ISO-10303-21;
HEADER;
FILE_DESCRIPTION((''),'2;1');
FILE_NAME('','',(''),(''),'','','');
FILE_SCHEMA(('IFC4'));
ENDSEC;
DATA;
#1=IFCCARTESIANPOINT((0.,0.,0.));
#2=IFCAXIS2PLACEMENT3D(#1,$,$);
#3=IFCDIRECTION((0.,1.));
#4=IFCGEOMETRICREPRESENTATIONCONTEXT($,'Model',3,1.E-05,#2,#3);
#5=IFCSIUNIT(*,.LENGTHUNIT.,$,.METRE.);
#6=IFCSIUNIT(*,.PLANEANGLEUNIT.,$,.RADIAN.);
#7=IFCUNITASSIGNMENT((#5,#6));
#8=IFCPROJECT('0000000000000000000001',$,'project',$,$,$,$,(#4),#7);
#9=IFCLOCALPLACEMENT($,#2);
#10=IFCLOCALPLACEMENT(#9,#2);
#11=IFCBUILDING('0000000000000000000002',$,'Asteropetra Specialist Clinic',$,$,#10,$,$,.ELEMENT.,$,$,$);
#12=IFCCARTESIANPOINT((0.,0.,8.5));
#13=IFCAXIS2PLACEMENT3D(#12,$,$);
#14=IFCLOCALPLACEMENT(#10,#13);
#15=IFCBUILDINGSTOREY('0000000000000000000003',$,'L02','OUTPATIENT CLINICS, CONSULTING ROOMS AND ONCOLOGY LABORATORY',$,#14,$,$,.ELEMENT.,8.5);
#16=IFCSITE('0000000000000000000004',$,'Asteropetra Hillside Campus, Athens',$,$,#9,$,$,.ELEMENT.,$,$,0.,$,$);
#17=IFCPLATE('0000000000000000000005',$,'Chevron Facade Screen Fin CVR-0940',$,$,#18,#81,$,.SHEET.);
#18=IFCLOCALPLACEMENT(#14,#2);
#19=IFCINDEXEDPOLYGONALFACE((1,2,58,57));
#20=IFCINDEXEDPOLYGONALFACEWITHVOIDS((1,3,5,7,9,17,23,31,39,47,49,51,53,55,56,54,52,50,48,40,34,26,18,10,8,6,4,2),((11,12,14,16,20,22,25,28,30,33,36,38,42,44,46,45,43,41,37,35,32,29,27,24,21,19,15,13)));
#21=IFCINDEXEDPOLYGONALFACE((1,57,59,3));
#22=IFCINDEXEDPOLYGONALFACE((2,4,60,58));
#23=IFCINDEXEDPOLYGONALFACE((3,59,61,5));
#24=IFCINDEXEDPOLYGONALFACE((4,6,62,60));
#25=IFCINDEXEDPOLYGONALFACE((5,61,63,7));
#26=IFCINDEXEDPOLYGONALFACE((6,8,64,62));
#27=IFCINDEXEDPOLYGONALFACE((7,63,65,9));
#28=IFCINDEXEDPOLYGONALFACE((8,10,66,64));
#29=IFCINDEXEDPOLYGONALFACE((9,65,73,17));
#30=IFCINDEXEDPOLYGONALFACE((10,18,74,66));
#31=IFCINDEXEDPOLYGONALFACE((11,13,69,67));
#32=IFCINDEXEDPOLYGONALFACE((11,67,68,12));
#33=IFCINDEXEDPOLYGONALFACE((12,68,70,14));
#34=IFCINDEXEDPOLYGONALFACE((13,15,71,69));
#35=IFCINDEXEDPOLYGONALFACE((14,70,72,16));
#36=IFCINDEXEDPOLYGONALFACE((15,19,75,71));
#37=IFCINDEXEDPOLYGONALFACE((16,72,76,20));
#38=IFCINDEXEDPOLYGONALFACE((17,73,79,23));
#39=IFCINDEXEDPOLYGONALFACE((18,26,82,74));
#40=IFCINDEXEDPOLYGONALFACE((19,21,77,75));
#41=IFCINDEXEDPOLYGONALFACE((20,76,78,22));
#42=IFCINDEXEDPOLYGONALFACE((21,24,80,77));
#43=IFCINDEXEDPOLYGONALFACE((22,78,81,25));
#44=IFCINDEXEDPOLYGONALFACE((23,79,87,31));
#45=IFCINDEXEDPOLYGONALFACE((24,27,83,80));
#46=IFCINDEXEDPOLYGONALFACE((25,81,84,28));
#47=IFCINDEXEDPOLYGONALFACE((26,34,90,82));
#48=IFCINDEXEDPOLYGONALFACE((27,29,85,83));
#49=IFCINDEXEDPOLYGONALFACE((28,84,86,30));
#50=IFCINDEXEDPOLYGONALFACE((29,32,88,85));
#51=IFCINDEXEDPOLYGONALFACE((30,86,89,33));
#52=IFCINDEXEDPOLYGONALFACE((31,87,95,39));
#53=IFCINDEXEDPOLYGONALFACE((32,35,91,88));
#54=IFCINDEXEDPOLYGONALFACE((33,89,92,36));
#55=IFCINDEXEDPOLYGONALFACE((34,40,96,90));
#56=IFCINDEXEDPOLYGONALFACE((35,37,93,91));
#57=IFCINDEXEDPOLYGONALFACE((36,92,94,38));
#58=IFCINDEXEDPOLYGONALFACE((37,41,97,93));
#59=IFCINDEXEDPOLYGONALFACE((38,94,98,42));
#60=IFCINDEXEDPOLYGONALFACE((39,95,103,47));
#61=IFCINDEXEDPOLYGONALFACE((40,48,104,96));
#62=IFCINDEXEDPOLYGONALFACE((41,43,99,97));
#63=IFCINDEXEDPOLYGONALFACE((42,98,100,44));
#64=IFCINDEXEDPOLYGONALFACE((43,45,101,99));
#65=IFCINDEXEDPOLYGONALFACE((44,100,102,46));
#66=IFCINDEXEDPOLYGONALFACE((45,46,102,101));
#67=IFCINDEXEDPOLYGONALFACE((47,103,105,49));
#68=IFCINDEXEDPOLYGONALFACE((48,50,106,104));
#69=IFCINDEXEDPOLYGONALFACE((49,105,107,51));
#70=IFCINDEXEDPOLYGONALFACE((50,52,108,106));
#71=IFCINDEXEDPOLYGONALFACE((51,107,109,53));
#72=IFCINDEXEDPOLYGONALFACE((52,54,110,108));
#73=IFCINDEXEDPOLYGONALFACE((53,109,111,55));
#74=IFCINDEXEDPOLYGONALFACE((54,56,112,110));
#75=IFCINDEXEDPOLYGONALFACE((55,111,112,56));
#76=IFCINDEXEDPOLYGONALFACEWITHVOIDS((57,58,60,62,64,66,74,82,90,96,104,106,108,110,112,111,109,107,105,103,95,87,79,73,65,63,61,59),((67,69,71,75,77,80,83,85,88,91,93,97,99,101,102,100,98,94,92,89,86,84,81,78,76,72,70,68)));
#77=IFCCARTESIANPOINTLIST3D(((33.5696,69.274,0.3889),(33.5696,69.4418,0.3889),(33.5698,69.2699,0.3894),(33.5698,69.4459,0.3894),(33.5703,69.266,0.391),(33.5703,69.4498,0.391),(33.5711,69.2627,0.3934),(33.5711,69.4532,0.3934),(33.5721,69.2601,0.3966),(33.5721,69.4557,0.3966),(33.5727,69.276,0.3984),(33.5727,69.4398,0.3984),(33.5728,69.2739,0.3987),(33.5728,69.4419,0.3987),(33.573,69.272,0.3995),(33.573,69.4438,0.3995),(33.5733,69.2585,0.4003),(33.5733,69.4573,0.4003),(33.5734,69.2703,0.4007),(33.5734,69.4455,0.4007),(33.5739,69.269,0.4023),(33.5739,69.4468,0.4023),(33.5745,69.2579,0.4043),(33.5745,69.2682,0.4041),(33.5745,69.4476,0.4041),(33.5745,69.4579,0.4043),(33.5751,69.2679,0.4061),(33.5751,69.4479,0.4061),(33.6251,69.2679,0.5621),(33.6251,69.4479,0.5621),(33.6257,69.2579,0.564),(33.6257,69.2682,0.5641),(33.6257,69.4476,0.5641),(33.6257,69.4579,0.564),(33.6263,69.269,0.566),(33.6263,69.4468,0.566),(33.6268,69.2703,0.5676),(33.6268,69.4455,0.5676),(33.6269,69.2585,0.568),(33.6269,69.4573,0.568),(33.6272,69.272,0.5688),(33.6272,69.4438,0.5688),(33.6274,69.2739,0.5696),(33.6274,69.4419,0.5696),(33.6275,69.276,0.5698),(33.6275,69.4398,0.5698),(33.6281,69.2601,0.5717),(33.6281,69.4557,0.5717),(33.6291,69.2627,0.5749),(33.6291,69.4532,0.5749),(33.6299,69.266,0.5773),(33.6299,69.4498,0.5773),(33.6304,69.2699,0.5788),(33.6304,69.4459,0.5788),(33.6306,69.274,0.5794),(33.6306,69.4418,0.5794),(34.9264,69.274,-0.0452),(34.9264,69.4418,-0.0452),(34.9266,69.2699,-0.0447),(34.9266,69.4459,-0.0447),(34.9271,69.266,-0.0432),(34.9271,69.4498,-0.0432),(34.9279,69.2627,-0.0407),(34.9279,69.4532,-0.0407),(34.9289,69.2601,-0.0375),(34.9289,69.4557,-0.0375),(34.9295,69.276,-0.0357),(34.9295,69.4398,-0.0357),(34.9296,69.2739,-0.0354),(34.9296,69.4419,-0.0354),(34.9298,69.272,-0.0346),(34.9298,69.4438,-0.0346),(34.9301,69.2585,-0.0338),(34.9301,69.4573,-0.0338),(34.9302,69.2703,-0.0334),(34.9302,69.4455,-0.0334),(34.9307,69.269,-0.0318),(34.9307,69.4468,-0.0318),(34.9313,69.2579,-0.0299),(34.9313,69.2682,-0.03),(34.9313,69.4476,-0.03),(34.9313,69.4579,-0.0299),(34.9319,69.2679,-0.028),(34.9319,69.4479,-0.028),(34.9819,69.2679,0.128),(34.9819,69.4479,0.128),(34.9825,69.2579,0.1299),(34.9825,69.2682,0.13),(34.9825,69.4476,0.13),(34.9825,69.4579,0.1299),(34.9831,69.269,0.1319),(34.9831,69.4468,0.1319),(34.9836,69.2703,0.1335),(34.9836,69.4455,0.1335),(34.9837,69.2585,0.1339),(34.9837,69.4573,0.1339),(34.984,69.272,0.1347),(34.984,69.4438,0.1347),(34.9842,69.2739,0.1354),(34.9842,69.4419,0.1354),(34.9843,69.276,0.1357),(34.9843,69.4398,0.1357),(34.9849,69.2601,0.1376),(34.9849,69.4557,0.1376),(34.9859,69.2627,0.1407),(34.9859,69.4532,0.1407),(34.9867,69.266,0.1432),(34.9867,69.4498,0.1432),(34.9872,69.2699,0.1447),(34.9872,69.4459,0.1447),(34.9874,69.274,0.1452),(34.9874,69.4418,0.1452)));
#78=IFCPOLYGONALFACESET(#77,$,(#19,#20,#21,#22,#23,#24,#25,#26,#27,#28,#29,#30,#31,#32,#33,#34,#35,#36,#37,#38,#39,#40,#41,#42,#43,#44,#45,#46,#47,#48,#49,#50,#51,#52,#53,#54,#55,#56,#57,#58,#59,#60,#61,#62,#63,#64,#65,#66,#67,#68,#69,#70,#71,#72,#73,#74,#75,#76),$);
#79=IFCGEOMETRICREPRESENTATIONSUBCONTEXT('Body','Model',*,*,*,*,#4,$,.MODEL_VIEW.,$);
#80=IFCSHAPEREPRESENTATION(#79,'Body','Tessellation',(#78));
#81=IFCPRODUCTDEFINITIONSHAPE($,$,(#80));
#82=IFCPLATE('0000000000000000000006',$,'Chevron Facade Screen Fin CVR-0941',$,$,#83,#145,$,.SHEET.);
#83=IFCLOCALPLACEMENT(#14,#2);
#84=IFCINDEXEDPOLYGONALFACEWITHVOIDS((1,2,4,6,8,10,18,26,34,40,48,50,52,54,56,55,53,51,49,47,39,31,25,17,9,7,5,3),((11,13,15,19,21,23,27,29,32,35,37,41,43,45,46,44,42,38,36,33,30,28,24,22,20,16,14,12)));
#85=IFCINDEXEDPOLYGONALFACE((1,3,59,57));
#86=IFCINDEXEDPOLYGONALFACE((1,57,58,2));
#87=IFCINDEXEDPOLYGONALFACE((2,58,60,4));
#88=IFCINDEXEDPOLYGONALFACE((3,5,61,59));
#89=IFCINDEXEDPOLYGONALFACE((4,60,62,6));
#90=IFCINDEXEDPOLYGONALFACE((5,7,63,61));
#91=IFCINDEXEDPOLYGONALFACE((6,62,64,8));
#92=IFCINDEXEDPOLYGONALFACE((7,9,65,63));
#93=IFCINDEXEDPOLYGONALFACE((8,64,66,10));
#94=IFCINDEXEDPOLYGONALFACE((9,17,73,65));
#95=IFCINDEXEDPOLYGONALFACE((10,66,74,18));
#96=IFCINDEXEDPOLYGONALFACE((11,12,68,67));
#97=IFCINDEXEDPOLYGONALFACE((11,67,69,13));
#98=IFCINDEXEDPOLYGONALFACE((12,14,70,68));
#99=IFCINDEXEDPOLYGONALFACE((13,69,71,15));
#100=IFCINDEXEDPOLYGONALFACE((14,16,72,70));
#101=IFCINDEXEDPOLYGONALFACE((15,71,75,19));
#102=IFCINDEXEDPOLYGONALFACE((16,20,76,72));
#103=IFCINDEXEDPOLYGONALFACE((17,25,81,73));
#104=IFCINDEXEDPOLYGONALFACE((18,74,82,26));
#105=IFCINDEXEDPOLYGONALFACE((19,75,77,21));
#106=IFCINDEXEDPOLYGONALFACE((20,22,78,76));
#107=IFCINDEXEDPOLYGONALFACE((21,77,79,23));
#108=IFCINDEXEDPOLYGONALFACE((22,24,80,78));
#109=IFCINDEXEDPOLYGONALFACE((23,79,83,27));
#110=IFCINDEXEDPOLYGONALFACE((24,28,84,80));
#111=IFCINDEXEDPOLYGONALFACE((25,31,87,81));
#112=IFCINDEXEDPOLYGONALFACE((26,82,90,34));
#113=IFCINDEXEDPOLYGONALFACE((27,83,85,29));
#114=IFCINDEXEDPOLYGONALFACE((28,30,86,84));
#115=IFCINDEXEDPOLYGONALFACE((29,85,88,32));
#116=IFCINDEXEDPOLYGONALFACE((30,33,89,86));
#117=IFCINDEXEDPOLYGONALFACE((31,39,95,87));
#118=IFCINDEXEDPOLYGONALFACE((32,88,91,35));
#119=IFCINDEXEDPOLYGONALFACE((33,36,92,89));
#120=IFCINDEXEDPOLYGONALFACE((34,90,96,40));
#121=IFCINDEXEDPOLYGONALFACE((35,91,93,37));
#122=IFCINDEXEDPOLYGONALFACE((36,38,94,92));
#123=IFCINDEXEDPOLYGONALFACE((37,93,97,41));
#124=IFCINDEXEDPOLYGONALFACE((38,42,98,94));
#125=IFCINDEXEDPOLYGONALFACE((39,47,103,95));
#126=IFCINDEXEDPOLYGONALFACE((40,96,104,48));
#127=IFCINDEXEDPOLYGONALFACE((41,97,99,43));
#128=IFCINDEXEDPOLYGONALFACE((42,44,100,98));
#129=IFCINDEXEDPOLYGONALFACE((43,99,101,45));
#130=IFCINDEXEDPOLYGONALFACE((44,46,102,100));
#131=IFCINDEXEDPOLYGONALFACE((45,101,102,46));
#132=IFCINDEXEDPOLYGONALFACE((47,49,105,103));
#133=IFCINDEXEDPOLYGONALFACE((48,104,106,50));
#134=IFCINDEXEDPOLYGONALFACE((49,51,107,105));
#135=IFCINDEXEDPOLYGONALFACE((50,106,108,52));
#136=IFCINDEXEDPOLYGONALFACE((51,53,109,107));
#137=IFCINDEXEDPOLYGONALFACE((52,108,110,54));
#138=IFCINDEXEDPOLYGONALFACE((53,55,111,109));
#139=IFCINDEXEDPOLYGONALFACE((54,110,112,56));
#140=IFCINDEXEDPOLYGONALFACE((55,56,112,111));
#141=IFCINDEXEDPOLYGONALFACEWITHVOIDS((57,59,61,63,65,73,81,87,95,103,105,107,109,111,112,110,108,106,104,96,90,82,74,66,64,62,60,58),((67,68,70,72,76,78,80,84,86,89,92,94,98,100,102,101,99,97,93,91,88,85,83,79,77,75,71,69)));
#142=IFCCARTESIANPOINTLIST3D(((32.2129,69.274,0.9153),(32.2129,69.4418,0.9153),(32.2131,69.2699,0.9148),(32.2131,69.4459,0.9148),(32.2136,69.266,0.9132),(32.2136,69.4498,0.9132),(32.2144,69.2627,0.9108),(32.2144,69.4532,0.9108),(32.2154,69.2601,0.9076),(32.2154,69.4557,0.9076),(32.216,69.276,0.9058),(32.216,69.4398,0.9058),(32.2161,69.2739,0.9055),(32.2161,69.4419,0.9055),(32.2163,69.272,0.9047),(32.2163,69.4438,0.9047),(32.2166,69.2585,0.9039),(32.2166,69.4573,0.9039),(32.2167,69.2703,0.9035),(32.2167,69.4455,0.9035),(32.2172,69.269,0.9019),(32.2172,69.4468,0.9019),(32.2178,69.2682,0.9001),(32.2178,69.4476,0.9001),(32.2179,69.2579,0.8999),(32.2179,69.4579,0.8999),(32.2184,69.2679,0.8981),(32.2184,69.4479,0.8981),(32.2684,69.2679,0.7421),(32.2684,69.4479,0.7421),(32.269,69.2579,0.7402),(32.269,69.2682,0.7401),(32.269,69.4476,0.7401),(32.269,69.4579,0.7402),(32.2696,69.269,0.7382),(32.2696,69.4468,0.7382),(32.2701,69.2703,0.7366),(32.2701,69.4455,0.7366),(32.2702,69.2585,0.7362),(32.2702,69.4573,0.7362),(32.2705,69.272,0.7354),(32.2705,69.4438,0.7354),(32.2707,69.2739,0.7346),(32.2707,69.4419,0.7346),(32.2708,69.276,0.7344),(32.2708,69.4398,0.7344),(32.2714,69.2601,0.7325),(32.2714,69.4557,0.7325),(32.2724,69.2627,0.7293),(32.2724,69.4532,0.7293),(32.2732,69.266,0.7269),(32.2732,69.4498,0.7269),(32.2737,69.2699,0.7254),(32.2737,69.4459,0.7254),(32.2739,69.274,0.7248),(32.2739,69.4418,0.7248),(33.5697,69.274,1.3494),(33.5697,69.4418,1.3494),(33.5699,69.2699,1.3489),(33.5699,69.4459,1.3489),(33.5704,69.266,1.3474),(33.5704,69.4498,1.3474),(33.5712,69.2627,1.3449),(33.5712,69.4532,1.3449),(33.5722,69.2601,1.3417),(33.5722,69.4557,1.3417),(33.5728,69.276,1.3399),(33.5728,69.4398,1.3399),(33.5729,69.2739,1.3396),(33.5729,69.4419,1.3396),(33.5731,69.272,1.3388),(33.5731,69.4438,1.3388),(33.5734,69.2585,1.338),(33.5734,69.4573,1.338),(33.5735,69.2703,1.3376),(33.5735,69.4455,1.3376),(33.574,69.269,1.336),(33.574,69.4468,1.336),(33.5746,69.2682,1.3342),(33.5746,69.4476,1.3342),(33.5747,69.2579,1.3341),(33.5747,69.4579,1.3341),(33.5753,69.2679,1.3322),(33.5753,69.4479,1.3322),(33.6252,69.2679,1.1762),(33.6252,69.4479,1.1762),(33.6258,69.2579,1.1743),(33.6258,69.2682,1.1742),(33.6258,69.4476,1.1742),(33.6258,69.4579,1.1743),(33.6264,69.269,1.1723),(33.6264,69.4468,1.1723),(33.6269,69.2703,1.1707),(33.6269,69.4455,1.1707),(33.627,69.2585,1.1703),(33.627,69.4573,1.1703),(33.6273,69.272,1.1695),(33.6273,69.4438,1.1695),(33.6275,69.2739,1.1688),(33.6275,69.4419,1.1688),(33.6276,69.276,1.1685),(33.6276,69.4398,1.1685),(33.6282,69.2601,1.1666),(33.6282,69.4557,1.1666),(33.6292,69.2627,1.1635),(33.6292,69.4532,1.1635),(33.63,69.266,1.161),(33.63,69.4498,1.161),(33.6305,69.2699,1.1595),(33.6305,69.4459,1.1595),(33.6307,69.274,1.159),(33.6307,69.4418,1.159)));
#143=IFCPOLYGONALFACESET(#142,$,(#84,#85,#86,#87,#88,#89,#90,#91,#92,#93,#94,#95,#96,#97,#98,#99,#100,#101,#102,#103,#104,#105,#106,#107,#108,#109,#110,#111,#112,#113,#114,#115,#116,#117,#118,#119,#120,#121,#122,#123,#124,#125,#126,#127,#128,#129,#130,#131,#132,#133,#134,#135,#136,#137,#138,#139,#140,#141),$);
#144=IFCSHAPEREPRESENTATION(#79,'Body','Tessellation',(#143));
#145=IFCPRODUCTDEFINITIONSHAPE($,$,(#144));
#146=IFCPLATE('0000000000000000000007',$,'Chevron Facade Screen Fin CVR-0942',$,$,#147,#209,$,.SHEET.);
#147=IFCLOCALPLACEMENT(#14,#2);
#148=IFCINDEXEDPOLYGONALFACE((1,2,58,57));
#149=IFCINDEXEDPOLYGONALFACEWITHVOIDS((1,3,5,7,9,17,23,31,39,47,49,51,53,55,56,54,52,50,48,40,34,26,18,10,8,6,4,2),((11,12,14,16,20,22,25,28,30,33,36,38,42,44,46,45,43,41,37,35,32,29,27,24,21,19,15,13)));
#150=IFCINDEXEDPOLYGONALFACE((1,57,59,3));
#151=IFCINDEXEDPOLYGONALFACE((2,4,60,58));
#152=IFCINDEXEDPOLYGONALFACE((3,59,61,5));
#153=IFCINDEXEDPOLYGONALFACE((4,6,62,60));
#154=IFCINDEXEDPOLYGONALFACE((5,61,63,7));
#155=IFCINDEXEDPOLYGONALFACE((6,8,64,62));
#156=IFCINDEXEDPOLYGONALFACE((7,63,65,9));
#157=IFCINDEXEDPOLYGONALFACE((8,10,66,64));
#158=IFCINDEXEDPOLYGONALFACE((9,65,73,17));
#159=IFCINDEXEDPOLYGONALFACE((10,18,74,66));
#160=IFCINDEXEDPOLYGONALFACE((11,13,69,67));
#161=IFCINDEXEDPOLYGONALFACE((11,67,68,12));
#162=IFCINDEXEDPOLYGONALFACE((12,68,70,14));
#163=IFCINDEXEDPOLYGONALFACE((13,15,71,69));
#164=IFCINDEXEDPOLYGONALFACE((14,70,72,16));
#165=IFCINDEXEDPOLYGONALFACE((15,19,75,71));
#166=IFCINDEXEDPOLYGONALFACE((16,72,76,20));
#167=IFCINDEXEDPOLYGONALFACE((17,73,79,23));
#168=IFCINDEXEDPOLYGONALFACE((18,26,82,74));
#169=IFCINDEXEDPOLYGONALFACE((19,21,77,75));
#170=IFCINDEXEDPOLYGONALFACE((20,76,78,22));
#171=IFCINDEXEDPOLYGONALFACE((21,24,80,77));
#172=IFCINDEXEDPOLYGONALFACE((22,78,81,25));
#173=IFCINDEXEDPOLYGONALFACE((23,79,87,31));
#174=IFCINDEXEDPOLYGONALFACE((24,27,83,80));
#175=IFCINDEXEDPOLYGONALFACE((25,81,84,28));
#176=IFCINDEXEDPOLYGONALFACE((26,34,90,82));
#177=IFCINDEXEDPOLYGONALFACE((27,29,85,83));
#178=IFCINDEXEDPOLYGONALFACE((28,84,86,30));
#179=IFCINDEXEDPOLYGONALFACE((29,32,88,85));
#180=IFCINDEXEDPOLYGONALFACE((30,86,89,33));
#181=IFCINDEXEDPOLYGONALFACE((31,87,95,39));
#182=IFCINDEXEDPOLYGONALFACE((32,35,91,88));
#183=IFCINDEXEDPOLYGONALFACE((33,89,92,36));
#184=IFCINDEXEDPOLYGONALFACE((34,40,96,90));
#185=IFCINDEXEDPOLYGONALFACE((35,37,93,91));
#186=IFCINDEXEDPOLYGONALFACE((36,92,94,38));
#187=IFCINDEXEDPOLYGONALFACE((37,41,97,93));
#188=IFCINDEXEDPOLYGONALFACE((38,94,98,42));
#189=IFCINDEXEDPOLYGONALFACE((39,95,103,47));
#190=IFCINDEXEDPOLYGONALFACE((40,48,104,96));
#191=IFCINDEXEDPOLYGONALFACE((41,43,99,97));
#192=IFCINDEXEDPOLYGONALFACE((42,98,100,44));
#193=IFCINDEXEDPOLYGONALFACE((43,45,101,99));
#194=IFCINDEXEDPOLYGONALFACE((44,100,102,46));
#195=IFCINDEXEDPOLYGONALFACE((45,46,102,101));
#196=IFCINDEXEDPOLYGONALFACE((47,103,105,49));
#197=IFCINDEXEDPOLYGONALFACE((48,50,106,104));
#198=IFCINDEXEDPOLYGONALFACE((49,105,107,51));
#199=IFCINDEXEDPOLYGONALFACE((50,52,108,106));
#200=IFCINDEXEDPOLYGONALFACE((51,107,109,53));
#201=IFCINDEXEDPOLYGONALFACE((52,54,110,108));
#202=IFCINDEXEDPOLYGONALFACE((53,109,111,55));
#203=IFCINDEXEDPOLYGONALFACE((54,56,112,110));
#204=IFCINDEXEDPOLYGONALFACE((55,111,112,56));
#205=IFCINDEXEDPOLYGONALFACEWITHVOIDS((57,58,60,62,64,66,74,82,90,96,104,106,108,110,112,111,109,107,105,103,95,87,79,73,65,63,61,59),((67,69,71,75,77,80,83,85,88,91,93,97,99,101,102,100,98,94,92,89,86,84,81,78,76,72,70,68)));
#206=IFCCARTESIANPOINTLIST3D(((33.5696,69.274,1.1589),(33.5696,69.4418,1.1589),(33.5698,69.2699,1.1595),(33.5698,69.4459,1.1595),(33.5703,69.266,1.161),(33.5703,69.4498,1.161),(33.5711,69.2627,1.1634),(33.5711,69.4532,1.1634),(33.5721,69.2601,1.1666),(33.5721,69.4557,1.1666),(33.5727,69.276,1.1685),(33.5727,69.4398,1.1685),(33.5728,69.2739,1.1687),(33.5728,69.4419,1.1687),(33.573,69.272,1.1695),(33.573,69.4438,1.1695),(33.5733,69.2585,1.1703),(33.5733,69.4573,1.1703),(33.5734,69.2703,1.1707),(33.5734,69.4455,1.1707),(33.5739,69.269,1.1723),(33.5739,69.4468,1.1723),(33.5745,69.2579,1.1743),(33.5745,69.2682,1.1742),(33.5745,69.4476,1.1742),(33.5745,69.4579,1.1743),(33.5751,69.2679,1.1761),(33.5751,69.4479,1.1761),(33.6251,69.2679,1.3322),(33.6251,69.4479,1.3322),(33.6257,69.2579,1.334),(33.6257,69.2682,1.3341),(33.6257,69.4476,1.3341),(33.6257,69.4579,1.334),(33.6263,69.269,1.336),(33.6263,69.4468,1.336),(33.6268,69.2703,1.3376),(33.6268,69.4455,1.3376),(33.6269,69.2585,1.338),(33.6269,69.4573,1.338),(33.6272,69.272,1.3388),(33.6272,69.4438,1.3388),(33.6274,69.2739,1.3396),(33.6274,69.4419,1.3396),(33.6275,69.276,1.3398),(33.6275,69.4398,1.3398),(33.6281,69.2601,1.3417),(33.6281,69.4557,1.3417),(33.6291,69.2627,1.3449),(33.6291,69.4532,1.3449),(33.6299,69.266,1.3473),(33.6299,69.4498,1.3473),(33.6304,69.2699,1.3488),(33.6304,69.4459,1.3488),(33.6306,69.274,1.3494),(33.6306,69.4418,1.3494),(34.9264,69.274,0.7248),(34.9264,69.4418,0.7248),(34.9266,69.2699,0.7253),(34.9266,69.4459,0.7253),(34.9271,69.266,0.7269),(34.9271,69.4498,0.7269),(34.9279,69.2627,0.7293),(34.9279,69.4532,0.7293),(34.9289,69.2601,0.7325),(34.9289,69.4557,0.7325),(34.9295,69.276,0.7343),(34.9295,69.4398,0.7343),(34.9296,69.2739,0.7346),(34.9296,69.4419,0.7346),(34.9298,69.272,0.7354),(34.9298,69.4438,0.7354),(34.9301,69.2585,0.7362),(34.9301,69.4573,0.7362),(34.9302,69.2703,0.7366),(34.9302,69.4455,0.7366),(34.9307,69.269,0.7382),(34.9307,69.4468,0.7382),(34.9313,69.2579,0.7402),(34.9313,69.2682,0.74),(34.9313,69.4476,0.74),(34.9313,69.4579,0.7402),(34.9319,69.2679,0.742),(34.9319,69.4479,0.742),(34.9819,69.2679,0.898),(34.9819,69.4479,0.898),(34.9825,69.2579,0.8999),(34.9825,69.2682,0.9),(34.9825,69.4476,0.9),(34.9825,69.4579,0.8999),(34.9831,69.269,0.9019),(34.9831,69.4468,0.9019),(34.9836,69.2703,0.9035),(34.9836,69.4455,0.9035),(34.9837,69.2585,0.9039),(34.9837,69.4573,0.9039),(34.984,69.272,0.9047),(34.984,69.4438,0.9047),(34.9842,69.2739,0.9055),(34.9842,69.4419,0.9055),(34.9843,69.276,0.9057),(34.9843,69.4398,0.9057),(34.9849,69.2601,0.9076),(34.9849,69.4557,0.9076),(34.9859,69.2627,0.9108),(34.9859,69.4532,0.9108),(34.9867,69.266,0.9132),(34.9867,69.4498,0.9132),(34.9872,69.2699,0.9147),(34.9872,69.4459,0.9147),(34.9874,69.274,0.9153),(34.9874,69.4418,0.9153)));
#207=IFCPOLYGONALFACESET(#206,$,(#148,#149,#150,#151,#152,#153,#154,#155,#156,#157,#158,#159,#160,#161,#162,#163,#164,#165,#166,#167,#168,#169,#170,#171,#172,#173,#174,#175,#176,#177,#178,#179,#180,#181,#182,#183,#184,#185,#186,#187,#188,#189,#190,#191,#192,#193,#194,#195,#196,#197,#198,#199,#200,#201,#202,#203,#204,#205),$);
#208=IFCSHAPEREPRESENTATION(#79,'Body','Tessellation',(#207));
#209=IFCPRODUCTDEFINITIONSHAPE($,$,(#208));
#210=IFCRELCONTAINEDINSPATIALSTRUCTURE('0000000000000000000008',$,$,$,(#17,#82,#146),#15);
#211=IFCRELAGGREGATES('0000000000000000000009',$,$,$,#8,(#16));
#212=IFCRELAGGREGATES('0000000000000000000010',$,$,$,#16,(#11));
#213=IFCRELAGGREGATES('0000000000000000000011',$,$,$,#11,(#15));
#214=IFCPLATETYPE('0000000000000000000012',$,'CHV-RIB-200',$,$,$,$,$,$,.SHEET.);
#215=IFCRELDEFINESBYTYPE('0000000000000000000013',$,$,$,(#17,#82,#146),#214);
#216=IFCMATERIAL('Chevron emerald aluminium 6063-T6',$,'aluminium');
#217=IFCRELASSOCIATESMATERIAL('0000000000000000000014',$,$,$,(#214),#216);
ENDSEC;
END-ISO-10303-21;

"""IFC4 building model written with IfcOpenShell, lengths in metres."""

from ifc_helpers import new_model, si_unit, direction, frame, origin, origin_2d, place, context, subcontext, project, spatial, hollow_rectangle, extrude, material, material_profile, profile_set, type_object, element, save


model = new_model("IFC4")

# Units and contexts
model_context = context("Model", 3, precision=1e-05, world=origin(), true_north=direction((0.0, 1.0)))
body_context = subcontext(model_context, "Body", "Model", "MODEL_VIEW")
ifc_project = project(units=[si_unit("LENGTHUNIT", "METRE"), si_unit("PLANEANGLEUNIT", "RADIAN")], contexts=[model_context])

# Site, building, storey
site_placement = place(None, origin())
site = spatial("IfcSite", under=ifc_project, at=site_placement, Name="Asteropetra Hillside Campus, Athens", CompositionType="ELEMENT", RefElevation=0.0)
building_placement = place(site_placement, origin())
building = spatial("IfcBuilding", under=site, at=building_placement, Name="Asteropetra Specialist Clinic", CompositionType="ELEMENT")
storey_placement = place(building_placement, frame((0.0, 0.0, 8.5)))
storey = spatial("IfcBuildingStorey", under=building, at=storey_placement, Name="L02", Description="OUTPATIENT CLINICS, CONSULTING ROOMS AND ONCOLOGY LABORATORY", CompositionType="ELEMENT", Elevation=8.5)

# Plates
ifc_material = material(Name="Chevron emerald aluminium 6063-T6", Category="aluminium")
ifc_material_profile = material_profile(ifc_material, hollow_rectangle(XDim=0.2, YDim=0.2, WallThickness=0.01, InnerFilletRadius=0.0081, OuterFilletRadius=0.0161, at=origin_2d()), Name="SHS 200x200x10.0")
ifc_profile_set = profile_set([ifc_material_profile], Name="Chevron emerald aluminium 6063-T6")
plate_type = type_object("IfcPlateType", Name="CHV-RIB-200", PredefinedType="SHEET", material=ifc_profile_set)
for number, where, z_axis, x_axis, name in (
    (1, (33.6001, 69.3579, 0.4841), (0.952436, 0.0, -0.304738), (0.0, 1.0, 0.0), "Chevron Facade Screen Fin CVR-0940"),
    (2, (32.2434, 69.3579, 0.8201), (0.952436, 0.0, 0.304738), (0.0, 1.0, 0.0), "Chevron Facade Screen Fin CVR-0941"),
    (3, (33.6001, 69.3579, 1.2542), (0.952436, 0.0, -0.304738), (0.0, 1.0, 0.0), "Chevron Facade Screen Fin CVR-0942"),
):
    element("IfcPlate", number, at=place(storey_placement, frame(where, z_axis=z_axis, x_axis=x_axis)), inside=storey, type_object=plate_type, Name=name, PredefinedType="SHEET", context=body_context, shape_type="SweptSolid", body=[
        extrude(hollow_rectangle(XDim=0.2, YDim=0.2, WallThickness=0.01, InnerFilletRadius=0.0081, OuterFilletRadius=0.0161, at=origin_2d()), origin(), (0.0, 0.0, 1.0), 1.4246),
    ])

save(model, "model.ifc")
